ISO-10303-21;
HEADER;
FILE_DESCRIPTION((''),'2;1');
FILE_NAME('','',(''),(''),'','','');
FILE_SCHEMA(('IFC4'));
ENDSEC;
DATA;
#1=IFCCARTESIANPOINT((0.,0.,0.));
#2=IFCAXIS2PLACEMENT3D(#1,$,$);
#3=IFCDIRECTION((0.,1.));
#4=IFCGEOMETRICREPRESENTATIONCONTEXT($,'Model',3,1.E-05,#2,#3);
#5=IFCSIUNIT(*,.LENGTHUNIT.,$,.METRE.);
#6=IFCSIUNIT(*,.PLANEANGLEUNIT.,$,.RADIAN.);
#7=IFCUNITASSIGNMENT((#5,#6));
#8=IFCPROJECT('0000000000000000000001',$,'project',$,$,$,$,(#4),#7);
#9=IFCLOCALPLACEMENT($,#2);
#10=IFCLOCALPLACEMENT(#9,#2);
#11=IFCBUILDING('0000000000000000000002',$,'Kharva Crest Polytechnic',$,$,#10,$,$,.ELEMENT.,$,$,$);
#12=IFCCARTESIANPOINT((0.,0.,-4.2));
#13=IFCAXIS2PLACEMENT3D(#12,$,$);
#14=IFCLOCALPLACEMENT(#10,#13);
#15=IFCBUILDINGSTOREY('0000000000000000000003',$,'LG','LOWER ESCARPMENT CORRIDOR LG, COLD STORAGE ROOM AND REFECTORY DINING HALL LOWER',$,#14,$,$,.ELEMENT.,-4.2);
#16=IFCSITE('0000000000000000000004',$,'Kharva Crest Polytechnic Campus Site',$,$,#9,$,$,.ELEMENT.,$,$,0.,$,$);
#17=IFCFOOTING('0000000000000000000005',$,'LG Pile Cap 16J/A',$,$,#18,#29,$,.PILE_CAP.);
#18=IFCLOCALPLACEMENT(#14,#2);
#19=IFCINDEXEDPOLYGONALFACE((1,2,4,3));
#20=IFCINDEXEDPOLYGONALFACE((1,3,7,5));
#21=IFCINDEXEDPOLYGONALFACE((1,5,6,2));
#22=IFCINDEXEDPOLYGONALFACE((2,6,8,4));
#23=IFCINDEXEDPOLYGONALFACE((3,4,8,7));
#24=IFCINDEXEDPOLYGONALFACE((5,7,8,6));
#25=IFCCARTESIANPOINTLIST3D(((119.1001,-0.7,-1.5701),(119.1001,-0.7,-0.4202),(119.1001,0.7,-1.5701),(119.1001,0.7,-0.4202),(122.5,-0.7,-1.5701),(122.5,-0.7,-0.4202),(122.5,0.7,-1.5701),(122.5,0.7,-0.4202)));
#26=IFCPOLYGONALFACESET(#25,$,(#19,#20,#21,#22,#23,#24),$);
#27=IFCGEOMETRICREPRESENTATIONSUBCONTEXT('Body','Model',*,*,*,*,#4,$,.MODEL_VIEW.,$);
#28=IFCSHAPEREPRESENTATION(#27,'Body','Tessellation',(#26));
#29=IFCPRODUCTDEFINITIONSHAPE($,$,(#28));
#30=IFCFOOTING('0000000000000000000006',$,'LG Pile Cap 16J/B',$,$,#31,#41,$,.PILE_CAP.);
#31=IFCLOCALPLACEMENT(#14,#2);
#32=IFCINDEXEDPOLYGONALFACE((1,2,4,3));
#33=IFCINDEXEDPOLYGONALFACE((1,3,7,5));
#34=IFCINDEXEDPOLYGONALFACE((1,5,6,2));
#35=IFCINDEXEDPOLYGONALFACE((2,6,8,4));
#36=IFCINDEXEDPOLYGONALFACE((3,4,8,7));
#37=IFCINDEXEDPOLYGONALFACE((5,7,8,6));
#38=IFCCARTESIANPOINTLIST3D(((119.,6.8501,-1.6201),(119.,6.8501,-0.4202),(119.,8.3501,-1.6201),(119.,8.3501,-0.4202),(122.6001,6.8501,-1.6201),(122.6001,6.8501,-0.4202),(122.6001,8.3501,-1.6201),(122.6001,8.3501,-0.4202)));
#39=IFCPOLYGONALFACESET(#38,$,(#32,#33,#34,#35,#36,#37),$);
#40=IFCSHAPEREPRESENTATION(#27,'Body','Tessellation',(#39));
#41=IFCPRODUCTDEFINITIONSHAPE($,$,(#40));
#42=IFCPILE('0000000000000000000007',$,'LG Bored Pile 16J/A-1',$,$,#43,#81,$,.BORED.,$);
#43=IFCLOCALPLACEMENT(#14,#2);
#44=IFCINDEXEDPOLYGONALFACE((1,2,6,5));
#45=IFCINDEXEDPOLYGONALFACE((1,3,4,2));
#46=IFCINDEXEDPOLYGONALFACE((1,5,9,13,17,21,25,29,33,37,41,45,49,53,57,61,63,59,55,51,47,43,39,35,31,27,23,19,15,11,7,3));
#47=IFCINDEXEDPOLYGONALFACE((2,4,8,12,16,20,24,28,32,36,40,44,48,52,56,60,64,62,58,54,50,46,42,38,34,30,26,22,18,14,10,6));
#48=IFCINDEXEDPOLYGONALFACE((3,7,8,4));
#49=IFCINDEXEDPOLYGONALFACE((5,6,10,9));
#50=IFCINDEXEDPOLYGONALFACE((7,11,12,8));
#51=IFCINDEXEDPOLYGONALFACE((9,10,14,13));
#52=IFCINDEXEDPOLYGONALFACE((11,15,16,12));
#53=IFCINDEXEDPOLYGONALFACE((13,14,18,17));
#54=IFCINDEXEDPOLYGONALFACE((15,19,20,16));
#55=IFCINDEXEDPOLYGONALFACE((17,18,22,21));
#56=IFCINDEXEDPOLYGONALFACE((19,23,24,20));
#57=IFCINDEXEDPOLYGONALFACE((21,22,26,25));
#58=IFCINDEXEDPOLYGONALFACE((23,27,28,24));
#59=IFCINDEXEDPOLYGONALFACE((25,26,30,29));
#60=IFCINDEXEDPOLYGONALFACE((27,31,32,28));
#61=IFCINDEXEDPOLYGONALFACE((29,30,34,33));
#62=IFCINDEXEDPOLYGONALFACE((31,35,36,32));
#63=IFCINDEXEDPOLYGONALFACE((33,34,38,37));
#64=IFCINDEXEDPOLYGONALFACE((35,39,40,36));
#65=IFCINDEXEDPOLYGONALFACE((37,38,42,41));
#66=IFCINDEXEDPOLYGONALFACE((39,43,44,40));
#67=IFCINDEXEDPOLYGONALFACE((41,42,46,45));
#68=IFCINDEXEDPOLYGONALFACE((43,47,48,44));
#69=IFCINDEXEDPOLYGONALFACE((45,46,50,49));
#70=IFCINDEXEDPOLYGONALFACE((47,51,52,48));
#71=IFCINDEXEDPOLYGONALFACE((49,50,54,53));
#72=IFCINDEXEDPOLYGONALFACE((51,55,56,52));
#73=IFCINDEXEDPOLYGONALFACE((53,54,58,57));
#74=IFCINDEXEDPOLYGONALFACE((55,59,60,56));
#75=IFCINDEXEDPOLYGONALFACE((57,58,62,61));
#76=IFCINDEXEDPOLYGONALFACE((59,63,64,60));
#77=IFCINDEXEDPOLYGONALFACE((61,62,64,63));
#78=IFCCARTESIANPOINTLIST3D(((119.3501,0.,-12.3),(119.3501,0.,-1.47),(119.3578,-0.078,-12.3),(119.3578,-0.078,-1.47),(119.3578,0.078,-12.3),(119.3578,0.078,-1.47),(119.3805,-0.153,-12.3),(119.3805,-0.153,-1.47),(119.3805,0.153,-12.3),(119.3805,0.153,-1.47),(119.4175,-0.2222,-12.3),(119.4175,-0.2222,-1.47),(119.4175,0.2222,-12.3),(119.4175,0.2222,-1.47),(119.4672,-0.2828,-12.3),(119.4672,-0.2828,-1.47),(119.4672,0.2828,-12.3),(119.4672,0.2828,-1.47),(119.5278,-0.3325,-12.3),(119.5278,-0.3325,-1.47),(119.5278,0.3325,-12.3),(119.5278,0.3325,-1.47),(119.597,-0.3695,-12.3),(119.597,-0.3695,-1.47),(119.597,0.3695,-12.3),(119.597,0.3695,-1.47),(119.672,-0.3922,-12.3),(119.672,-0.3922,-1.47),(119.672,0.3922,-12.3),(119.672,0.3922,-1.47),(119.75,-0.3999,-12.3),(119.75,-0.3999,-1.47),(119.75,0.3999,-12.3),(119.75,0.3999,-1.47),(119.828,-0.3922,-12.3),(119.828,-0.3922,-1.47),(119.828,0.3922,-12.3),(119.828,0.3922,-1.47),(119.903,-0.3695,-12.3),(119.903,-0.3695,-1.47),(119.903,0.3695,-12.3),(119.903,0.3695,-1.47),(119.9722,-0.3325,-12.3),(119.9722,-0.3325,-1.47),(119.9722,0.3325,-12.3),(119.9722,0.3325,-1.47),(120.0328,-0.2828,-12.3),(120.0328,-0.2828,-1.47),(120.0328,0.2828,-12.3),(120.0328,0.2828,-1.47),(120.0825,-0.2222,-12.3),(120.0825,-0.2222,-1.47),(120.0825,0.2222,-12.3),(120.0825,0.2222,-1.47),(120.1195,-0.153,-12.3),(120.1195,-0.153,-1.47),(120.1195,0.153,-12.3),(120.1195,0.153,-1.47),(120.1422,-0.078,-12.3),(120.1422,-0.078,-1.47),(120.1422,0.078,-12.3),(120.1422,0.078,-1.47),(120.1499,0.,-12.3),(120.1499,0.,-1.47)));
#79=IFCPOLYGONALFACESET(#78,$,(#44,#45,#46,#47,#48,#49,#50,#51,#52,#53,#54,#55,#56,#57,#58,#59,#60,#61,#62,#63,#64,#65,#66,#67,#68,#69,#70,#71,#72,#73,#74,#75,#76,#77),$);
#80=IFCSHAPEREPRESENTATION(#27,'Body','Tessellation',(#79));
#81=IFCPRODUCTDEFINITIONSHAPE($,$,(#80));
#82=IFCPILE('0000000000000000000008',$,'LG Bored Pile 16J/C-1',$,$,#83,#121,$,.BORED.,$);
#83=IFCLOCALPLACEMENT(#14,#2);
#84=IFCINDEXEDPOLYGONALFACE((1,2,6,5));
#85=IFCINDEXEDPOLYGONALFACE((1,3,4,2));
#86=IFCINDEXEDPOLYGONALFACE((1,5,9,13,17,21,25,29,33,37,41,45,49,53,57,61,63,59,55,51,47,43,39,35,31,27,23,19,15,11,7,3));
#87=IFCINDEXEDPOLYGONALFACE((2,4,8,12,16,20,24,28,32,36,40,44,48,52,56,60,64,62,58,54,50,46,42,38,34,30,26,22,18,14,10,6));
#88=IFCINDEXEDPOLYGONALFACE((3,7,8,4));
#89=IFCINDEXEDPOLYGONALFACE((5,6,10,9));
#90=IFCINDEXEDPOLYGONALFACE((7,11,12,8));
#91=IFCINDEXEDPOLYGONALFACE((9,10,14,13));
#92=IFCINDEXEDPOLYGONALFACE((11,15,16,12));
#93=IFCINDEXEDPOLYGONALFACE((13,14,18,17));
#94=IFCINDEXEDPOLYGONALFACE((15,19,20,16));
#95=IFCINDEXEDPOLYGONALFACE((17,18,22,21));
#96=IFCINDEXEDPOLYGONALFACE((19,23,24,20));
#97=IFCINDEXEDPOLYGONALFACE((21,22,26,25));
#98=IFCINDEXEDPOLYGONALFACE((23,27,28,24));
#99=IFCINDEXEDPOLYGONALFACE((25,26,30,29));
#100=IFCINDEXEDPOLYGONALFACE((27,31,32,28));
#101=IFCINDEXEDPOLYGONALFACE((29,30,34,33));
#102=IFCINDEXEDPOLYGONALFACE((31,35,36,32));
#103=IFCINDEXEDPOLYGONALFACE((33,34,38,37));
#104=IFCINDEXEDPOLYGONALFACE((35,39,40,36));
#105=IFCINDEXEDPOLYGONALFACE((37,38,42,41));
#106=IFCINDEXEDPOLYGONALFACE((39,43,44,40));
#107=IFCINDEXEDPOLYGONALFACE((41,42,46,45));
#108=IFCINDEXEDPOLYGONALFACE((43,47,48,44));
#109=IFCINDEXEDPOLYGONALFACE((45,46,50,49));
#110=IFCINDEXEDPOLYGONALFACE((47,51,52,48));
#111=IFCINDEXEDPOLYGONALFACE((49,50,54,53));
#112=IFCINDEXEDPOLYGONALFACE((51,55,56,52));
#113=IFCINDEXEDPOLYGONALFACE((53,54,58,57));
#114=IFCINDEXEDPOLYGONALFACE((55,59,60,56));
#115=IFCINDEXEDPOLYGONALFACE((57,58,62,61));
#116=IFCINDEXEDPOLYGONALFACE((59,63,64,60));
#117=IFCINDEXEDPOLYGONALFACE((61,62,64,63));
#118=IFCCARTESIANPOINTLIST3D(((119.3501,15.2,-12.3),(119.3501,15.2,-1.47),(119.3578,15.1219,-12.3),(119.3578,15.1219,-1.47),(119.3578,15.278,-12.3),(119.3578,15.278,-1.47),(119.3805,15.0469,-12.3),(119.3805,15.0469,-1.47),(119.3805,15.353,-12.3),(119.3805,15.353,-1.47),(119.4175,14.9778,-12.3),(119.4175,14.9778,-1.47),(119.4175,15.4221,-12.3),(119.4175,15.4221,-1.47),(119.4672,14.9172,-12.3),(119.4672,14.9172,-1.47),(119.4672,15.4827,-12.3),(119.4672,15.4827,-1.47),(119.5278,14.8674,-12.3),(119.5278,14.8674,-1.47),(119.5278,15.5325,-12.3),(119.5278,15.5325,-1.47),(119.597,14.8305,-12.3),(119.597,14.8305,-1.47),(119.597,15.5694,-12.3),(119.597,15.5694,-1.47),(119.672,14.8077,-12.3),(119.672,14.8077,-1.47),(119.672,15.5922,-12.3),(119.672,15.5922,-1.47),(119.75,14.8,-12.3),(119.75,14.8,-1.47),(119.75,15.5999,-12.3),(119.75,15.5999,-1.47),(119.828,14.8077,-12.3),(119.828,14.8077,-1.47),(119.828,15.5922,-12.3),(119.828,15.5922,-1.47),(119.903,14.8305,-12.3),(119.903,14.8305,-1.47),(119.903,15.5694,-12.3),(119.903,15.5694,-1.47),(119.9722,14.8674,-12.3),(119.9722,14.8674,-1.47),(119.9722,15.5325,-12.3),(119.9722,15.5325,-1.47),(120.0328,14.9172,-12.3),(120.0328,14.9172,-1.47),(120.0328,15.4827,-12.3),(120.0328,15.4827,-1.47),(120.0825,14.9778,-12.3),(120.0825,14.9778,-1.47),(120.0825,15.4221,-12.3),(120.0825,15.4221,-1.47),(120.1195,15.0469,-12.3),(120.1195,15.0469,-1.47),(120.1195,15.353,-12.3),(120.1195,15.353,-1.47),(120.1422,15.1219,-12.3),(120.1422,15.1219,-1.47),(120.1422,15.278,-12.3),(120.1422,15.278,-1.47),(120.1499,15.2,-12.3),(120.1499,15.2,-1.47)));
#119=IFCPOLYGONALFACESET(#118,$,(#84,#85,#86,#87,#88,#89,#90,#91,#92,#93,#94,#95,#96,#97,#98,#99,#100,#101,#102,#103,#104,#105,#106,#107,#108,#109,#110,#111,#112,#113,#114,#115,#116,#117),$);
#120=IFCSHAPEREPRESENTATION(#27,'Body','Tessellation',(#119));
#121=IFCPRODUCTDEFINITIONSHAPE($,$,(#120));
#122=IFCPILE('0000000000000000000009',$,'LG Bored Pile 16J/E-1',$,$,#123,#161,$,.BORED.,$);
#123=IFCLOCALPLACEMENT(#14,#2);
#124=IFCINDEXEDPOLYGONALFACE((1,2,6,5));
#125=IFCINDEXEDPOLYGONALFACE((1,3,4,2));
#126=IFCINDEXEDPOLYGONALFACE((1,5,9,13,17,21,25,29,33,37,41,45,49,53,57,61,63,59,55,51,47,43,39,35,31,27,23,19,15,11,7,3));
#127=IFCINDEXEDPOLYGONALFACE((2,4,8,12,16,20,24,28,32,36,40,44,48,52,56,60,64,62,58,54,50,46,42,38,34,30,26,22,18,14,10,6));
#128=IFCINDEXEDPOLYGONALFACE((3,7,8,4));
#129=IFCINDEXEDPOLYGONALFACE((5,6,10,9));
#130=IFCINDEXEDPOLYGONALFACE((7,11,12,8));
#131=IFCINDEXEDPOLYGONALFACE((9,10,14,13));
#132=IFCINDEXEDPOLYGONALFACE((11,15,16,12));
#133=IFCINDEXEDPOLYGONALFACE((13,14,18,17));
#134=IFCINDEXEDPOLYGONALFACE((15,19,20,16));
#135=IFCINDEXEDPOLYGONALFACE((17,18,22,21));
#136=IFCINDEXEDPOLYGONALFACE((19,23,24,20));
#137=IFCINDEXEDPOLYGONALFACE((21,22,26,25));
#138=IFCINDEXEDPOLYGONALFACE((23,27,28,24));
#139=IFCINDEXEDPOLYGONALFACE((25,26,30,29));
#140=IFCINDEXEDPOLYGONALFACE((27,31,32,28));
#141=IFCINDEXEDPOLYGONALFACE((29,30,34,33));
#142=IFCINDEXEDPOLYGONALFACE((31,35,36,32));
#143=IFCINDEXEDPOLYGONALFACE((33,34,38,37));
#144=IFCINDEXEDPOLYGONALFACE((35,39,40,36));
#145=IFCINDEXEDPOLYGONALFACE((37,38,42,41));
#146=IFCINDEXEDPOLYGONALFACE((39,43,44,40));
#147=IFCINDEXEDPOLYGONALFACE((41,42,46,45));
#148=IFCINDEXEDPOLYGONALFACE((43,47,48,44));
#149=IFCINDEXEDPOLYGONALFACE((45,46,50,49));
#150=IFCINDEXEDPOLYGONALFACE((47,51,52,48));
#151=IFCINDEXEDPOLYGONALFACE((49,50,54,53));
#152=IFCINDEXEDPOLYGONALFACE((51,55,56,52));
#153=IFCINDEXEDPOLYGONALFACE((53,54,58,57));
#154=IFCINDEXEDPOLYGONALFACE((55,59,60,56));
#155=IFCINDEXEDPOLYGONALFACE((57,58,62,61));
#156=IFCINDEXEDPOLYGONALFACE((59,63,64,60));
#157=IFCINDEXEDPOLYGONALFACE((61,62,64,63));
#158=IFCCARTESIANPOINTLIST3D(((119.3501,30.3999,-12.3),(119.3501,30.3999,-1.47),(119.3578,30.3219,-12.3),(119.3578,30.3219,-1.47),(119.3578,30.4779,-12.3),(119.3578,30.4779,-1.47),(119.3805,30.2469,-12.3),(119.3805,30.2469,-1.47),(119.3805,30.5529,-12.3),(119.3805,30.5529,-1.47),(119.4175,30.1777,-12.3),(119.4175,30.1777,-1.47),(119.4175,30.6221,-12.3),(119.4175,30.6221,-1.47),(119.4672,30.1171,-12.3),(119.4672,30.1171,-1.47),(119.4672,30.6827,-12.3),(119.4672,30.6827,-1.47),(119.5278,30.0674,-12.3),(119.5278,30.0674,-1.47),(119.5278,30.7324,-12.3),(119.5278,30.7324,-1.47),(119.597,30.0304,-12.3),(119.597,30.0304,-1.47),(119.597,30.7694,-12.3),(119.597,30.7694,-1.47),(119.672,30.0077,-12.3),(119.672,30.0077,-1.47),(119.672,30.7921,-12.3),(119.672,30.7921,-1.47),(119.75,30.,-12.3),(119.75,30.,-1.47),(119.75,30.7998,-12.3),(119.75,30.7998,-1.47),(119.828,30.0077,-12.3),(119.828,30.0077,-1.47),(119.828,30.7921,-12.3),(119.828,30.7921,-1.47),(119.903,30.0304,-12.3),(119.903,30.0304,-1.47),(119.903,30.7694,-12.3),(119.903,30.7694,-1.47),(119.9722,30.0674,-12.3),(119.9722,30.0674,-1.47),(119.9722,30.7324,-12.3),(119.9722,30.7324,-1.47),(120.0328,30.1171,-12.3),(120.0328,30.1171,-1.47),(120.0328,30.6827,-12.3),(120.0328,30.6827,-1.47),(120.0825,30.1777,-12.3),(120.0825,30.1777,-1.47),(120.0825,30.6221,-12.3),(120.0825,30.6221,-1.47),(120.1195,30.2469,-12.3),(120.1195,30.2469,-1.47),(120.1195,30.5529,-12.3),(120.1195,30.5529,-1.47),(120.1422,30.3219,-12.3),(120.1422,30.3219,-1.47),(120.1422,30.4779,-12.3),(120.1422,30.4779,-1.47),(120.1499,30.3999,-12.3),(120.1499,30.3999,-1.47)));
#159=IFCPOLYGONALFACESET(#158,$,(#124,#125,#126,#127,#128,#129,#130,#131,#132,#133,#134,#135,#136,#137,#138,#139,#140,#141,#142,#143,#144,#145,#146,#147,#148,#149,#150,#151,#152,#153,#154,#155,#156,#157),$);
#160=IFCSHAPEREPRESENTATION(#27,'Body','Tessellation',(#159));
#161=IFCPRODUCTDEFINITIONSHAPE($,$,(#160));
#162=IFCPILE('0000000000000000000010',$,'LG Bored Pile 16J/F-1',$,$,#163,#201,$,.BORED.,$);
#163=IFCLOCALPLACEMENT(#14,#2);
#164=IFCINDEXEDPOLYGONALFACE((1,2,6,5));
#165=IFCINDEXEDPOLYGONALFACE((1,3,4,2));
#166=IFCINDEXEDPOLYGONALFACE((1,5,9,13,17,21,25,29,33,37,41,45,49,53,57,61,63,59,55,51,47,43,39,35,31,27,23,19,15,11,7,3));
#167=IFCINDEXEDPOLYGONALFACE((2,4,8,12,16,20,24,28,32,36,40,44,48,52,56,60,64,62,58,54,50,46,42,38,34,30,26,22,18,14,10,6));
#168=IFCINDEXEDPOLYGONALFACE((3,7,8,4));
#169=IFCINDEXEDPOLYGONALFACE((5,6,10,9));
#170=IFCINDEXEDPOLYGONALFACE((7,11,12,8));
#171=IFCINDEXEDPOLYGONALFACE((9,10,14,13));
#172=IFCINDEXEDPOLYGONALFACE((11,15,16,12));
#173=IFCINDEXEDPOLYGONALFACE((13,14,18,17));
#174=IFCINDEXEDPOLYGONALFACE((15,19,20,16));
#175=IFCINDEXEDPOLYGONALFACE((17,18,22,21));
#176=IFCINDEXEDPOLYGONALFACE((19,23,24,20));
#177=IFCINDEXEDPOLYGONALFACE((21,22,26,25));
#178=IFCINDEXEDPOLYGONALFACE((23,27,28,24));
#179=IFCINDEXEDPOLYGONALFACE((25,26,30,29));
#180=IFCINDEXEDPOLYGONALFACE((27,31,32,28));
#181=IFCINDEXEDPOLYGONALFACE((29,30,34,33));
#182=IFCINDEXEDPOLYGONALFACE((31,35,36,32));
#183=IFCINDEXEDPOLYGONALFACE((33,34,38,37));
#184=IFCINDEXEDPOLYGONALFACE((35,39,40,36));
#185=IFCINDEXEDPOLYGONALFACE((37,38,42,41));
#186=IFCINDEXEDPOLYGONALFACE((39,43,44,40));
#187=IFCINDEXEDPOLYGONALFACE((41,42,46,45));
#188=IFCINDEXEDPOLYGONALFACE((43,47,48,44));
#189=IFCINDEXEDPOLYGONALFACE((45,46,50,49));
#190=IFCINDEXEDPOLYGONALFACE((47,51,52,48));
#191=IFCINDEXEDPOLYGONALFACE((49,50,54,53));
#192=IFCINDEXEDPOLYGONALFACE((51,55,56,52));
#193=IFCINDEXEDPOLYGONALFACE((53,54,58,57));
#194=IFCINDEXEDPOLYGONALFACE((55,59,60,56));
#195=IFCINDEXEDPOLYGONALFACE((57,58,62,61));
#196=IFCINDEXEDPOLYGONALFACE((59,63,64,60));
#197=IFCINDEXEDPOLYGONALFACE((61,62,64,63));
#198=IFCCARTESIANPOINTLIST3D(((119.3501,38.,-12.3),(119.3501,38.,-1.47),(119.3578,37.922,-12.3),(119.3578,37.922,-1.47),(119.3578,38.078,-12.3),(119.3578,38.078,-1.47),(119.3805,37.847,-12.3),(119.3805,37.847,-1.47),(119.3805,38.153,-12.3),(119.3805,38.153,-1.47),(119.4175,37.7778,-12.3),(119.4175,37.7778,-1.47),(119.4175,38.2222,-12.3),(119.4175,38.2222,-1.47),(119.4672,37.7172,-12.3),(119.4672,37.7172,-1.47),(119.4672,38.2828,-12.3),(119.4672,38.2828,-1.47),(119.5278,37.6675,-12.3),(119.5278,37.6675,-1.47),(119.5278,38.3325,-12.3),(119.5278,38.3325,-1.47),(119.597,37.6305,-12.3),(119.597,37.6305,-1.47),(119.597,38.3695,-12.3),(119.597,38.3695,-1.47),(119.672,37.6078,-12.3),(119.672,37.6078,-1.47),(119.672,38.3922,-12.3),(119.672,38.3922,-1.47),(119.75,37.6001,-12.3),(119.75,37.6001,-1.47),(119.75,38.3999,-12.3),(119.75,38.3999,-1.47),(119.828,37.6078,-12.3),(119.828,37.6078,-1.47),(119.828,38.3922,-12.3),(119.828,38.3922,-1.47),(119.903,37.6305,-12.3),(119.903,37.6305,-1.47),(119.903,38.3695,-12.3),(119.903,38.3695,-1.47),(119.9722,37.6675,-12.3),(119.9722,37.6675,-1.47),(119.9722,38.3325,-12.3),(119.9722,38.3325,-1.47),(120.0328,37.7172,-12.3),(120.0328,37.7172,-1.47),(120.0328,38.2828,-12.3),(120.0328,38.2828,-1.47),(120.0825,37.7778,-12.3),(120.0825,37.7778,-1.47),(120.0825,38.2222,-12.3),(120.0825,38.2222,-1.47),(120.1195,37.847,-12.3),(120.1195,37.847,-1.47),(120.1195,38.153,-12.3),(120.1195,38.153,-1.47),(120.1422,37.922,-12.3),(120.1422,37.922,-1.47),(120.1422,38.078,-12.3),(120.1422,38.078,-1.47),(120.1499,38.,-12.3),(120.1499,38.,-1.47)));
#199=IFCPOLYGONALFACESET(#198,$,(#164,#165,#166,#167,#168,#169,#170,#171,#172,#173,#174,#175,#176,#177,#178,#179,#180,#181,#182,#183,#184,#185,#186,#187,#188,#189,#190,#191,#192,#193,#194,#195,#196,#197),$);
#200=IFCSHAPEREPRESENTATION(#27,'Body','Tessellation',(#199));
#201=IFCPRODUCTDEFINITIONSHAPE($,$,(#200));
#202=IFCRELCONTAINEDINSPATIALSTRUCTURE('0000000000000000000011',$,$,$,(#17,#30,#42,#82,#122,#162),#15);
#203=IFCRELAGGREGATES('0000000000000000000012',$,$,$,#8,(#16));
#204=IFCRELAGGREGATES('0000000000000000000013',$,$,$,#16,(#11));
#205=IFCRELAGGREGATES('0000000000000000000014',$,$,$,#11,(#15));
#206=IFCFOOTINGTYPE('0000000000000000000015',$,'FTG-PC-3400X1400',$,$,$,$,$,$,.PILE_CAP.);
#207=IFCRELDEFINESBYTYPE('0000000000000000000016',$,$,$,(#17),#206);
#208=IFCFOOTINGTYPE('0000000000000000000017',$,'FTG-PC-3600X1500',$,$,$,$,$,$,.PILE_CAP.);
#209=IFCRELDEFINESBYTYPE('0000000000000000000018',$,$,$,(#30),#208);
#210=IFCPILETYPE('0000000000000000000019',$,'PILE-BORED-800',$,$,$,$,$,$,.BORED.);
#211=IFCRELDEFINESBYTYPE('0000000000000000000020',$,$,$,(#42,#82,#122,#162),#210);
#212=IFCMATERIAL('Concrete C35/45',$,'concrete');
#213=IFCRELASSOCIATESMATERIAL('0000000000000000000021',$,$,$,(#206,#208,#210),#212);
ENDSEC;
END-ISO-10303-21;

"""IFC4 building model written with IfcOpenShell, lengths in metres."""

from ifc_helpers import new_model, si_unit, direction, frame, origin, origin_2d, place, context, subcontext, project, spatial, rectangle, circle, extrude, material, material_profile, profile_set, type_object, element, save


model = new_model("IFC4")

# Units and contexts
model_context = context("Model", 3, precision=1e-05, world=origin(), true_north=direction((0.0, 1.0)))
body_context = subcontext(model_context, "Body", "Model", "MODEL_VIEW")
ifc_project = project(units=[si_unit("LENGTHUNIT", "METRE"), si_unit("PLANEANGLEUNIT", "RADIAN")], contexts=[model_context])

# Site, building, storey
site_placement = place(None, origin())
site = spatial("IfcSite", under=ifc_project, at=site_placement, Name="Kharva Crest Polytechnic Campus Site", CompositionType="ELEMENT", RefElevation=0.0)
building_placement = place(site_placement, origin())
building = spatial("IfcBuilding", under=site, at=building_placement, Name="Kharva Crest Polytechnic", CompositionType="ELEMENT")
storey_placement = place(building_placement, frame((0.0, 0.0, -4.2)))
storey = spatial("IfcBuildingStorey", under=building, at=storey_placement, Name="LG", Description="LOWER ESCARPMENT CORRIDOR LG, COLD STORAGE ROOM AND REFECTORY DINING HALL LOWER", CompositionType="ELEMENT", Elevation=-4.2)

# Footings
ifc_material_1 = material(Name="Concrete C35/45", Category="concrete")
footing_type_1 = type_object("IfcFootingType", Name="FTG-PC-3400X1400", PredefinedType="PILE_CAP", material=ifc_material_1)
footing_1_placement = place(storey_placement, frame((120.8, 0.0, -1.5701), z_axis=(0.0, 0.0, 1.0), x_axis=(1.0, 0.0, 0.0)))
element("IfcFooting", 1, at=footing_1_placement, inside=storey, type_object=footing_type_1, Name="LG Pile Cap 16J/A", PredefinedType="PILE_CAP", context=body_context, shape_type="SweptSolid", body=[
    extrude(rectangle(XDim=3.3999, YDim=1.3999, at=origin_2d()), origin(), (0.0, 0.0, 1.0), 1.1499),
])
footing_type_2 = type_object("IfcFootingType", Name="FTG-PC-3600X1500", PredefinedType="PILE_CAP", material=ifc_material_1)
footing_2_placement = place(storey_placement, frame((120.8, 7.6001, -1.6201), z_axis=(0.0, 0.0, 1.0), x_axis=(1.0, 0.0, 0.0)))
element("IfcFooting", 2, at=footing_2_placement, inside=storey, type_object=footing_type_2, Name="LG Pile Cap 16J/B", PredefinedType="PILE_CAP", context=body_context, shape_type="SweptSolid", body=[
    extrude(rectangle(XDim=3.6001, YDim=1.5, at=origin_2d()), origin(), (0.0, 0.0, 1.0), 1.2),
])

# Piles
ifc_material_profile_1 = material_profile(ifc_material_1, circle(Radius=0.3999, at=origin_2d()), Name="DIA 800")
ifc_profile_set_1 = profile_set([ifc_material_profile_1], Name="Concrete C35/45")
pile_type_1 = type_object("IfcPileType", Name="PILE-BORED-800", PredefinedType="BORED", material=ifc_profile_set_1)
for number, where, z_axis, x_axis, name in (
    (3, (119.75, 0.0, -1.47), (0.0, 0.0, -1.0), (1.0, 0.0, 0.0), "LG Bored Pile 16J/A-1"),
    (4, (119.75, 15.2, -1.47), (0.0, 0.0, -1.0), (1.0, 0.0, 0.0), "LG Bored Pile 16J/C-1"),
    (5, (119.75, 30.3999, -1.47), (0.0, 0.0, -1.0), (1.0, 0.0, 0.0), "LG Bored Pile 16J/E-1"),
    (6, (119.75, 38.0, -1.47), (0.0, 0.0, -1.0), (1.0, 0.0, 0.0), "LG Bored Pile 16J/F-1"),
):
    element("IfcPile", number, at=place(storey_placement, frame(where, z_axis=z_axis, x_axis=x_axis)), inside=storey, type_object=pile_type_1, Name=name, PredefinedType="BORED", context=body_context, shape_type="SweptSolid", body=[
        extrude(circle(Radius=0.3999, at=origin_2d()), origin(), (0.0, 0.0, 1.0), 10.8301),
    ])

save(model, "model.ifc")
